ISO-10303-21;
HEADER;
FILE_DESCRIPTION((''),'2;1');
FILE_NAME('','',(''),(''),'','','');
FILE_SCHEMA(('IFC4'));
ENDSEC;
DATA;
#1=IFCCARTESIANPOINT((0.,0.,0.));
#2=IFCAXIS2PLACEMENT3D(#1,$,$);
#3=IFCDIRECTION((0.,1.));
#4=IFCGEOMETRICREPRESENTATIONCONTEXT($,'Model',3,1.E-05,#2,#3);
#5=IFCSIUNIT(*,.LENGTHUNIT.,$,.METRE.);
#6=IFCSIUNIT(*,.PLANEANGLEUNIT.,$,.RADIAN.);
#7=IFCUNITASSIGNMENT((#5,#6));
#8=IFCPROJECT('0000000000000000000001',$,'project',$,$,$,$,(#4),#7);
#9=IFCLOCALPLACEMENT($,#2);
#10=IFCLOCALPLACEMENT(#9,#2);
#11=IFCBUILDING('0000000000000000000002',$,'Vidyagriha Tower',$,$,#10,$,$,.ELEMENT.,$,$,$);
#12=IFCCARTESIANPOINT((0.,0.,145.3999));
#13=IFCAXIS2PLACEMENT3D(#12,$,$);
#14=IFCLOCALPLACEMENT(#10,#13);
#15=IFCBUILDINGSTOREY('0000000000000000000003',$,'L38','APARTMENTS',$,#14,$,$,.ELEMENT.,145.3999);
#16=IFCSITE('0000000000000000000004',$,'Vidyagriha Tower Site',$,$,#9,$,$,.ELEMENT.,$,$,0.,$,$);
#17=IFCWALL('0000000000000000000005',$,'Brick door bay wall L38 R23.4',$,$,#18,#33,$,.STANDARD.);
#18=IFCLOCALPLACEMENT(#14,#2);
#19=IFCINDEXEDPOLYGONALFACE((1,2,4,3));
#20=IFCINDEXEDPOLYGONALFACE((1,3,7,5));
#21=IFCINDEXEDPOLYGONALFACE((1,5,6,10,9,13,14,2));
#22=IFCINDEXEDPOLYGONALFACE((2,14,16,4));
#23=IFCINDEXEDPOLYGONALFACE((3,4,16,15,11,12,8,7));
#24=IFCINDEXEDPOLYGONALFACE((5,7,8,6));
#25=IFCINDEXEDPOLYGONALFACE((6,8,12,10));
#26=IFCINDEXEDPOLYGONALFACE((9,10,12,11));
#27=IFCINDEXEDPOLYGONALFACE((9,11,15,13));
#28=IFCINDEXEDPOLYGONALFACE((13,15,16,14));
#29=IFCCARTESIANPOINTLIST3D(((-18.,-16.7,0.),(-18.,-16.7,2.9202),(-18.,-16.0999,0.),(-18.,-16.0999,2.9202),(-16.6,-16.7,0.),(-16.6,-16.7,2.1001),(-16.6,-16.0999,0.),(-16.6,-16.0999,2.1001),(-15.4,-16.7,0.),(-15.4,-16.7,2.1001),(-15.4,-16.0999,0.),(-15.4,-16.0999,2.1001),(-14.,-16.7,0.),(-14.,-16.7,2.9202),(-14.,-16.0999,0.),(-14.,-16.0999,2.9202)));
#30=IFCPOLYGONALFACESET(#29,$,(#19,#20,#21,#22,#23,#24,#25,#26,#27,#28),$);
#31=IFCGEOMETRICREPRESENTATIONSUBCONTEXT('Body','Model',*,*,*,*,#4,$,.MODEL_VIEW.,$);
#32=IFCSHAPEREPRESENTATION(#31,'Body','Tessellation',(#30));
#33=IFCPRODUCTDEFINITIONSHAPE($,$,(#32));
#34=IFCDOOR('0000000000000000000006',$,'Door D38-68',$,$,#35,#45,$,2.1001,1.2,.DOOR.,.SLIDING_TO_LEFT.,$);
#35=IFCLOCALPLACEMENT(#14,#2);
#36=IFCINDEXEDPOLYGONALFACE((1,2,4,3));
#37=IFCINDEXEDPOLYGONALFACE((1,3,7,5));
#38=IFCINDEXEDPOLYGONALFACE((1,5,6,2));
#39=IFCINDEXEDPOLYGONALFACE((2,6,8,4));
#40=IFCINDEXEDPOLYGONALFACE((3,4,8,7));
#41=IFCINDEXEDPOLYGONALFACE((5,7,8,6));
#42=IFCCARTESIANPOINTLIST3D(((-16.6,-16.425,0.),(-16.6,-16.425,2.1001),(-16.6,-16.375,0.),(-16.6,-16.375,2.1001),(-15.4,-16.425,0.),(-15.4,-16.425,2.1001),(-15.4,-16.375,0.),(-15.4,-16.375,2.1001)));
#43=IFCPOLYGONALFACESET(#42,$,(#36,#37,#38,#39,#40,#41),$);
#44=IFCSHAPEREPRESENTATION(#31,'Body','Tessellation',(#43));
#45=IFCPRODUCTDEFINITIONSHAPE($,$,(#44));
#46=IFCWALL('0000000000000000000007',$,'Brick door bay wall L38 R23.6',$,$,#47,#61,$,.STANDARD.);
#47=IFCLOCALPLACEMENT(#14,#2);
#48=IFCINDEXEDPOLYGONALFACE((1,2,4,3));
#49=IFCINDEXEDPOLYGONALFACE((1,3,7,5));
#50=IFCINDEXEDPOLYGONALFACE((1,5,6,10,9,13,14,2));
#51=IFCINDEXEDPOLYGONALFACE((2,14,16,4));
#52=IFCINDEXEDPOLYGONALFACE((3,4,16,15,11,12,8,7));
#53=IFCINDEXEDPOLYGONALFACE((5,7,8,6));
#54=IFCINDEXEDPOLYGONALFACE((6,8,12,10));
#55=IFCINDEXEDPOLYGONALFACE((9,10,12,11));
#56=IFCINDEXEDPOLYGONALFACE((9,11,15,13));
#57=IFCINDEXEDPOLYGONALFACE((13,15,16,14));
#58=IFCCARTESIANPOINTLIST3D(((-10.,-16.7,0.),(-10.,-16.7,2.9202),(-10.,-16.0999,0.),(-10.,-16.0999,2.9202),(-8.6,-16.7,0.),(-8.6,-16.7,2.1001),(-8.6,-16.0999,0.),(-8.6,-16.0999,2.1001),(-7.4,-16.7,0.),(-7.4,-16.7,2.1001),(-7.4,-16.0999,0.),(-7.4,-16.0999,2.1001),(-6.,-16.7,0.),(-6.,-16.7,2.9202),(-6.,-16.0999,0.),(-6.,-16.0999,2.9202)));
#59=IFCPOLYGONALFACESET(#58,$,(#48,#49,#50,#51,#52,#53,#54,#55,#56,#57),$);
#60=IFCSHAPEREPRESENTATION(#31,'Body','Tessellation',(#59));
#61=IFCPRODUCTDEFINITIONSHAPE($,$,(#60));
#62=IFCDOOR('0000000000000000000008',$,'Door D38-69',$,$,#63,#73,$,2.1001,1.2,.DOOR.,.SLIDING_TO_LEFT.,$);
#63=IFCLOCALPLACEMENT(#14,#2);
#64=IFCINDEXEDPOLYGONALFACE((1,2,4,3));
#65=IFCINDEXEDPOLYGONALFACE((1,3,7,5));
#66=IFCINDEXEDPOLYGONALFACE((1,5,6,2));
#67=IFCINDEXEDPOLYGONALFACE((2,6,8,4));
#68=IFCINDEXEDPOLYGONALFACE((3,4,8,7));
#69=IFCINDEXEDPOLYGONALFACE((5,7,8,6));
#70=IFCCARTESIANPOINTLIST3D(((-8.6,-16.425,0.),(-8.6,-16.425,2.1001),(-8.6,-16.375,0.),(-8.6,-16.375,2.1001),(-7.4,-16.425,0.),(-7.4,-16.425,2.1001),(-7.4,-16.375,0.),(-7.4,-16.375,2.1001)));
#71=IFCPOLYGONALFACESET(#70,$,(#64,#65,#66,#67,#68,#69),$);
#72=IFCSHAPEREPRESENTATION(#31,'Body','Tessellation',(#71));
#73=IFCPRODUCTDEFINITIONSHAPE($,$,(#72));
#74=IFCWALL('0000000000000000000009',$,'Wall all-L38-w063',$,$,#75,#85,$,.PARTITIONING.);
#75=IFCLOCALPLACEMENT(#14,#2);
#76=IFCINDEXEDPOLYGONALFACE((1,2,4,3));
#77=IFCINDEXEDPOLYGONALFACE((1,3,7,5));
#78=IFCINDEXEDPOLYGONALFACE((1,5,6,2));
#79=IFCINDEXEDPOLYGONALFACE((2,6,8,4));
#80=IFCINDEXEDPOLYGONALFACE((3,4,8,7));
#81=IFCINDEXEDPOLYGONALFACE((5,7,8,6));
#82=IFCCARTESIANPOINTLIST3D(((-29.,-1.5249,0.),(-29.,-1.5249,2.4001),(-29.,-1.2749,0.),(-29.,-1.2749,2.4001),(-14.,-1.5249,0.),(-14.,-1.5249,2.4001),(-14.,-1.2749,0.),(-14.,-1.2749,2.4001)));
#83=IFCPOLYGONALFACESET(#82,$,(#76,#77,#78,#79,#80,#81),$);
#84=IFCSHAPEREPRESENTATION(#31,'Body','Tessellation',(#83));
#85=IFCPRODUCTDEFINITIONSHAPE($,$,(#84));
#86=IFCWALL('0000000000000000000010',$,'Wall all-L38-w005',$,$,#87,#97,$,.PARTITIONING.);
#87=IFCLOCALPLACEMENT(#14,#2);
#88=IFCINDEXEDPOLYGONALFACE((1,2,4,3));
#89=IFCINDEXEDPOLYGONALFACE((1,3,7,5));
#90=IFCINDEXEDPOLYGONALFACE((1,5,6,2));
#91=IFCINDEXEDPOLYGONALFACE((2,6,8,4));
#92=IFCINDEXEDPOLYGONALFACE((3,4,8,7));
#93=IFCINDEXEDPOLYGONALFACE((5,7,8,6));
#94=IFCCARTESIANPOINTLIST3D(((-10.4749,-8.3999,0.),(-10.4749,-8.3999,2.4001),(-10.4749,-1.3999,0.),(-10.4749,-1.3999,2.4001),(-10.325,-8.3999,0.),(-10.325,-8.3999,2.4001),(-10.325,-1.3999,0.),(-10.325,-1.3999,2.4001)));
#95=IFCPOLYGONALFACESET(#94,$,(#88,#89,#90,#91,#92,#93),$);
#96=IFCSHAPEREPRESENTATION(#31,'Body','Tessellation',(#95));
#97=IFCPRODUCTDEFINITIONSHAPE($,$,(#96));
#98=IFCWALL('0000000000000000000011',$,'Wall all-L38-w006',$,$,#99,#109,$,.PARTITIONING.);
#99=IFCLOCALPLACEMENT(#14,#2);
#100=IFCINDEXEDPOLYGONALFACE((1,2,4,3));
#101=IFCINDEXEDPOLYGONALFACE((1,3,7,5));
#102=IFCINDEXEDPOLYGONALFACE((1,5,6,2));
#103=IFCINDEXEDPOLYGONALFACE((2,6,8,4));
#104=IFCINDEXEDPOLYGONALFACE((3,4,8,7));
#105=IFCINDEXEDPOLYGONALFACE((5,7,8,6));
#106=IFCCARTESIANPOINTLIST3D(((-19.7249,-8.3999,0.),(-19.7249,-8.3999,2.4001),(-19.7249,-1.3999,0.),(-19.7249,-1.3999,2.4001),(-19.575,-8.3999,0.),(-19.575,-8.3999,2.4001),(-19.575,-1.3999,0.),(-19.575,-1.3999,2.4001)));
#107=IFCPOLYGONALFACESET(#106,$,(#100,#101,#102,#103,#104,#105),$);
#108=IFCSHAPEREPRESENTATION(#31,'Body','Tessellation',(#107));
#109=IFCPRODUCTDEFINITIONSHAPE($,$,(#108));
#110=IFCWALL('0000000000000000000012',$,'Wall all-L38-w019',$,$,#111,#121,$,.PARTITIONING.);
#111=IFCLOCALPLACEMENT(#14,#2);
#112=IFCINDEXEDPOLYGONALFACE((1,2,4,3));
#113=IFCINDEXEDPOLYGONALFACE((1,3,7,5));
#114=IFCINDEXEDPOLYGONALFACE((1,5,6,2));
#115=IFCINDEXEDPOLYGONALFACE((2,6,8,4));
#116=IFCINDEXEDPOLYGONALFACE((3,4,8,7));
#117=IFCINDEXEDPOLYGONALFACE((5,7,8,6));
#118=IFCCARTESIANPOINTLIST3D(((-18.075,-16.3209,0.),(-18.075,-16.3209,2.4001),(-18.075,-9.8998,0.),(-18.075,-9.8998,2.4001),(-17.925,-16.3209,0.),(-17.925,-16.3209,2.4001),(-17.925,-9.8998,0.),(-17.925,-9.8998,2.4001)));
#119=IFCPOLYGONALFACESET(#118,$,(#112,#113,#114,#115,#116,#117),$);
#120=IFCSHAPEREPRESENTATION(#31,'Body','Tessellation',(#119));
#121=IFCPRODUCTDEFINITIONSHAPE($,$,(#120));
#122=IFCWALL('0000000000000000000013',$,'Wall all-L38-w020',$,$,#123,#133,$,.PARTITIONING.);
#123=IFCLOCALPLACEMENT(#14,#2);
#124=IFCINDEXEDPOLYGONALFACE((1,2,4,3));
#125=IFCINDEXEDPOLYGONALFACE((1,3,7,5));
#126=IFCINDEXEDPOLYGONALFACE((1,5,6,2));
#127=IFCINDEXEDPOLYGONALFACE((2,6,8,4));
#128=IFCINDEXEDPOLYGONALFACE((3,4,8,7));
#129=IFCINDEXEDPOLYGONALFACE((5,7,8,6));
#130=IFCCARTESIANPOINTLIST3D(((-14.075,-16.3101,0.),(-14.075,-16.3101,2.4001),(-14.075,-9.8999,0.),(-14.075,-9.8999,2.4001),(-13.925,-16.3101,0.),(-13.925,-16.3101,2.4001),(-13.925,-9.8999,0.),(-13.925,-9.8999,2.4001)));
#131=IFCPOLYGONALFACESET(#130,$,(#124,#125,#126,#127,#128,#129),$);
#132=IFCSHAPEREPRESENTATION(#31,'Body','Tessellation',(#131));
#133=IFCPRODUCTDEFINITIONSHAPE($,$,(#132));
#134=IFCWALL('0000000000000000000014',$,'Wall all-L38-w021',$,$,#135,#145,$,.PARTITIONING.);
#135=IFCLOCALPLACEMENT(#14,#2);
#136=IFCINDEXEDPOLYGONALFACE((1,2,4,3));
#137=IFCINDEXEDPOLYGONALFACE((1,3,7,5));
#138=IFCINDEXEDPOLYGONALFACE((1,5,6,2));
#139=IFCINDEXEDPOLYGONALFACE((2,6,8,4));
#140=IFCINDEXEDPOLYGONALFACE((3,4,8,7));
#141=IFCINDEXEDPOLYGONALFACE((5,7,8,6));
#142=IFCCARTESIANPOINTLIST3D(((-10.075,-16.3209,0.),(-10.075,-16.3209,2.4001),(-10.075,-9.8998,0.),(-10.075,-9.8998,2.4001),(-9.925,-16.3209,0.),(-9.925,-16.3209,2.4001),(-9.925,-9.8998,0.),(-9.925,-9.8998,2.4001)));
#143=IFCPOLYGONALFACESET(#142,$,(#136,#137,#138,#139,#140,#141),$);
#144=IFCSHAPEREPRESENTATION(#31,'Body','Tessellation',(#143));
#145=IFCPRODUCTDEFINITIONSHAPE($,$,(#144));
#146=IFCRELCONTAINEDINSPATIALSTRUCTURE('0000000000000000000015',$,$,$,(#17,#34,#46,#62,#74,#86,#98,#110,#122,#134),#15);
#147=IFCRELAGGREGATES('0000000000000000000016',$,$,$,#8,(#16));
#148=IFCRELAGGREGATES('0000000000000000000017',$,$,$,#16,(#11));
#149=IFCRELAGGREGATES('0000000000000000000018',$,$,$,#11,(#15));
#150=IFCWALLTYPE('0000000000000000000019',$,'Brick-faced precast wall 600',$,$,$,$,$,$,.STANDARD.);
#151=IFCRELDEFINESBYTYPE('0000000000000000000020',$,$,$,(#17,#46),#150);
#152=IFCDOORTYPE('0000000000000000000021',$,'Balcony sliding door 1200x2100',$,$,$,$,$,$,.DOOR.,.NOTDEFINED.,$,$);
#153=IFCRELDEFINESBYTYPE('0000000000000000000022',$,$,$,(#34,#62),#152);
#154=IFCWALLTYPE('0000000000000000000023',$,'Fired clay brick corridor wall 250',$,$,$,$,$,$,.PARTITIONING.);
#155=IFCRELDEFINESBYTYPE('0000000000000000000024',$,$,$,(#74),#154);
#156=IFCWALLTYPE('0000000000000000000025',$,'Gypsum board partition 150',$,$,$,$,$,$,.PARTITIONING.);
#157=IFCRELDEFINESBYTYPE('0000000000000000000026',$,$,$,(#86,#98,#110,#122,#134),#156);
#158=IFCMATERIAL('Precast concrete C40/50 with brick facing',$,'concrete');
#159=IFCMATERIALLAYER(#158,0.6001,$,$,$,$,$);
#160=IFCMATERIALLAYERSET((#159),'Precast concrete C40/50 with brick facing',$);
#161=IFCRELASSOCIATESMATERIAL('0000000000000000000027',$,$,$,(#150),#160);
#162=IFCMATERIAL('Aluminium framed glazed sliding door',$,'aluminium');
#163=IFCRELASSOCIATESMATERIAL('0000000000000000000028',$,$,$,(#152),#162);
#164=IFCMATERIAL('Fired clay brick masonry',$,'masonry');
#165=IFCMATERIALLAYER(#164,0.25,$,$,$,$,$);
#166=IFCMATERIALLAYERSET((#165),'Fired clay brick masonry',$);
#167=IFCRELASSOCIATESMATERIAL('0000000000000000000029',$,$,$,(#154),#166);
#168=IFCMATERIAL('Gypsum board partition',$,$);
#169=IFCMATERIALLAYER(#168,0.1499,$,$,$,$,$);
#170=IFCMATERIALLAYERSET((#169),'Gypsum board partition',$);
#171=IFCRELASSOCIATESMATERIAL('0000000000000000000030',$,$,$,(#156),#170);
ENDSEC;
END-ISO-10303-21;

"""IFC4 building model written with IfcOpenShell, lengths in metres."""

from ifc_helpers import new_model, si_unit, direction, frame, frame_2d, origin, place, context, subcontext, project, spatial, rectangle, extrude, material, layer, layer_set, type_object, element, fill, save


model = new_model("IFC4")

# Units and contexts
model_context = context("Model", 3, precision=1e-05, world=origin(), true_north=direction((0.0, 1.0)))
body_context = subcontext(model_context, "Body", "Model", "MODEL_VIEW")
ifc_project = project(units=[si_unit("LENGTHUNIT", "METRE"), si_unit("PLANEANGLEUNIT", "RADIAN")], contexts=[model_context])

# Site, building, storey
site_placement = place(None, origin())
site = spatial("IfcSite", under=ifc_project, at=site_placement, Name="Vidyagriha Tower Site", CompositionType="ELEMENT", RefElevation=0.0)
building_placement = place(site_placement, origin())
building = spatial("IfcBuilding", under=site, at=building_placement, Name="Vidyagriha Tower", CompositionType="ELEMENT")
storey_placement = place(building_placement, frame((0.0, 0.0, 145.3999)))
storey = spatial("IfcBuildingStorey", under=building, at=storey_placement, Name="L38", Description="APARTMENTS", CompositionType="ELEMENT", Elevation=145.3999)

# Walls, openings, doors
ifc_material_1 = material(Name="Precast concrete C40/50 with brick facing", Category="concrete")
ifc_layer_1 = layer(ifc_material_1, 0.6001)
ifc_layer_set_1 = layer_set([ifc_layer_1], Name="Precast concrete C40/50 with brick facing")
wall_type_1 = type_object("IfcWallType", Name="Brick-faced precast wall 600", PredefinedType="STANDARD", material=ifc_layer_set_1)
wall_1_placement = place(storey_placement, frame((-18.0, -16.3999, 0.0)))
wall_1 = element("IfcWall", 1, at=wall_1_placement, inside=storey, type_object=wall_type_1, Name="Brick door bay wall L38 R23.4", PredefinedType="STANDARD", context=body_context, shape_type="SweptSolid", body=[
    extrude(rectangle(XDim=4.0, YDim=0.6001, at=frame_2d((2.0, 0.0))), origin(), (0.0, 0.0, 1.0), 2.9202),
])
opening_1_placement = place(wall_1_placement, frame((1.3999, 0.0, 0.0)))
opening_1 = element("IfcOpeningElement", 2, at=opening_1_placement, cuts=wall_1, PredefinedType="OPENING", context=body_context, shape_type="SweptSolid", body=[
    extrude(rectangle(XDim=1.2, YDim=2.1001, at=frame_2d((0.6001, 1.05))), frame((0.0, 0.3101, 0.0), z_axis=(0.0, -1.0, 0.0), x_axis=(1.0, 0.0, 0.0)), (0.0, 0.0, 1.0), 0.6201),
])
ifc_material_2 = material(Name="Aluminium framed glazed sliding door", Category="aluminium")
door_type_1 = type_object("IfcDoorType", Name="Balcony sliding door 1200x2100", OperationType="NOTDEFINED", PredefinedType="DOOR", material=ifc_material_2)
door_1_placement = place(opening_1_placement, origin())
door_1 = element("IfcDoor", 3, at=door_1_placement, inside=storey, type_object=door_type_1, Name="Door D38-68", OperationType="SLIDING_TO_LEFT", OverallHeight=2.1001, OverallWidth=1.2, PredefinedType="DOOR", context=body_context, shape_type="SweptSolid", body=[
    extrude(rectangle(XDim=1.2, YDim=2.1001, at=frame_2d((0.6001, 1.05))), frame((0.0, 0.0249, 0.0), z_axis=(0.0, -1.0, 0.0), x_axis=(1.0, 0.0, 0.0)), (0.0, 0.0, 1.0), 0.05),
])
fill(opening_1, door_1)
wall_2_placement = place(storey_placement, frame((-10.0, -16.3999, 0.0)))
wall_2 = element("IfcWall", 4, at=wall_2_placement, inside=storey, type_object=wall_type_1, Name="Brick door bay wall L38 R23.6", PredefinedType="STANDARD", context=body_context, shape_type="SweptSolid", body=[
    extrude(rectangle(XDim=4.0, YDim=0.6001, at=frame_2d((2.0, 0.0))), origin(), (0.0, 0.0, 1.0), 2.9202),
])
opening_2_placement = place(wall_2_placement, frame((1.3999, 0.0, 0.0)))
opening_2 = element("IfcOpeningElement", 5, at=opening_2_placement, cuts=wall_2, PredefinedType="OPENING", context=body_context, shape_type="SweptSolid", body=[
    extrude(rectangle(XDim=1.2, YDim=2.1001, at=frame_2d((0.6001, 1.05))), frame((0.0, 0.3101, 0.0), z_axis=(0.0, -1.0, 0.0), x_axis=(1.0, 0.0, 0.0)), (0.0, 0.0, 1.0), 0.6201),
])
door_2_placement = place(opening_2_placement, origin())
door_2 = element("IfcDoor", 6, at=door_2_placement, inside=storey, type_object=door_type_1, Name="Door D38-69", OperationType="SLIDING_TO_LEFT", OverallHeight=2.1001, OverallWidth=1.2, PredefinedType="DOOR", context=body_context, shape_type="SweptSolid", body=[
    extrude(rectangle(XDim=1.2, YDim=2.1001, at=frame_2d((0.6001, 1.05))), frame((0.0, 0.0249, 0.0), z_axis=(0.0, -1.0, 0.0), x_axis=(1.0, 0.0, 0.0)), (0.0, 0.0, 1.0), 0.05),
])
fill(opening_2, door_2)

# Walls
ifc_material_3 = material(Name="Fired clay brick masonry", Category="masonry")
ifc_layer_2 = layer(ifc_material_3, 0.25)
ifc_layer_set_2 = layer_set([ifc_layer_2], Name="Fired clay brick masonry")
wall_type_2 = type_object("IfcWallType", Name="Fired clay brick corridor wall 250", PredefinedType="PARTITIONING", material=ifc_layer_set_2)
wall_3_placement = place(storey_placement, frame((-14.0, -1.3999, 0.0), z_axis=(0.0, 0.0, 1.0), x_axis=(-1.0, 0.0, 0.0)))
element("IfcWall", 7, at=wall_3_placement, inside=storey, type_object=wall_type_2, Name="Wall all-L38-w063", PredefinedType="PARTITIONING", context=body_context, shape_type="SweptSolid", body=[
    extrude(rectangle(XDim=15.0, YDim=0.25, at=frame_2d((7.5, 0.0))), origin(), (0.0, 0.0, 1.0), 2.4001),
])
ifc_material_4 = material(Name="Gypsum board partition")
ifc_layer_3 = layer(ifc_material_4, 0.1499)
ifc_layer_set_3 = layer_set([ifc_layer_3], Name="Gypsum board partition")
wall_type_3 = type_object("IfcWallType", Name="Gypsum board partition 150", PredefinedType="PARTITIONING", material=ifc_layer_set_3)
for number, where, z_axis, x_axis, name in (
    (8, (-10.3999, -8.3999, 0.0), (0.0, 0.0, 1.0), (0.0, 1.0, 0.0), "Wall all-L38-w005"),
    (9, (-19.6499, -8.3999, 0.0), (0.0, 0.0, 1.0), (0.0, 1.0, 0.0), "Wall all-L38-w006"),
):
    element("IfcWall", number, at=place(storey_placement, frame(where, z_axis=z_axis, x_axis=x_axis)), inside=storey, type_object=wall_type_3, Name=name, PredefinedType="PARTITIONING", context=body_context, shape_type="SweptSolid", body=[
        extrude(rectangle(XDim=7.0, YDim=0.1499, at=frame_2d((3.5, 0.0))), origin(), (0.0, 0.0, 1.0), 2.4001),
    ])
wall_4_placement = place(storey_placement, frame((-18.0, -9.8999, 0.0), z_axis=(0.0, 0.0, 1.0), x_axis=(0.0, -1.0, 0.0)))
element("IfcWall", 10, at=wall_4_placement, inside=storey, type_object=wall_type_3, Name="Wall all-L38-w019", PredefinedType="PARTITIONING", context=body_context, shape_type="SweptSolid", body=[
    extrude(rectangle(XDim=6.4211, YDim=0.1499, at=frame_2d((3.2104, 0.0))), origin(), (0.0, 0.0, 1.0), 2.4001),
])
wall_5_placement = place(storey_placement, frame((-14.0, -9.8999, 0.0), z_axis=(0.0, 0.0, 1.0), x_axis=(0.0, -1.0, 0.0)))
element("IfcWall", 11, at=wall_5_placement, inside=storey, type_object=wall_type_3, Name="Wall all-L38-w020", PredefinedType="PARTITIONING", context=body_context, shape_type="SweptSolid", body=[
    extrude(rectangle(XDim=6.4102, YDim=0.1499, at=frame_2d((3.2051, 0.0))), origin(), (0.0, 0.0, 1.0), 2.4001),
])
wall_6_placement = place(storey_placement, frame((-10.0, -9.8999, 0.0), z_axis=(0.0, 0.0, 1.0), x_axis=(0.0, -1.0, 0.0)))
element("IfcWall", 12, at=wall_6_placement, inside=storey, type_object=wall_type_3, Name="Wall all-L38-w021", PredefinedType="PARTITIONING", context=body_context, shape_type="SweptSolid", body=[
    extrude(rectangle(XDim=6.4211, YDim=0.1499, at=frame_2d((3.2104, 0.0))), origin(), (0.0, 0.0, 1.0), 2.4001),
])

save(model, "model.ifc")
